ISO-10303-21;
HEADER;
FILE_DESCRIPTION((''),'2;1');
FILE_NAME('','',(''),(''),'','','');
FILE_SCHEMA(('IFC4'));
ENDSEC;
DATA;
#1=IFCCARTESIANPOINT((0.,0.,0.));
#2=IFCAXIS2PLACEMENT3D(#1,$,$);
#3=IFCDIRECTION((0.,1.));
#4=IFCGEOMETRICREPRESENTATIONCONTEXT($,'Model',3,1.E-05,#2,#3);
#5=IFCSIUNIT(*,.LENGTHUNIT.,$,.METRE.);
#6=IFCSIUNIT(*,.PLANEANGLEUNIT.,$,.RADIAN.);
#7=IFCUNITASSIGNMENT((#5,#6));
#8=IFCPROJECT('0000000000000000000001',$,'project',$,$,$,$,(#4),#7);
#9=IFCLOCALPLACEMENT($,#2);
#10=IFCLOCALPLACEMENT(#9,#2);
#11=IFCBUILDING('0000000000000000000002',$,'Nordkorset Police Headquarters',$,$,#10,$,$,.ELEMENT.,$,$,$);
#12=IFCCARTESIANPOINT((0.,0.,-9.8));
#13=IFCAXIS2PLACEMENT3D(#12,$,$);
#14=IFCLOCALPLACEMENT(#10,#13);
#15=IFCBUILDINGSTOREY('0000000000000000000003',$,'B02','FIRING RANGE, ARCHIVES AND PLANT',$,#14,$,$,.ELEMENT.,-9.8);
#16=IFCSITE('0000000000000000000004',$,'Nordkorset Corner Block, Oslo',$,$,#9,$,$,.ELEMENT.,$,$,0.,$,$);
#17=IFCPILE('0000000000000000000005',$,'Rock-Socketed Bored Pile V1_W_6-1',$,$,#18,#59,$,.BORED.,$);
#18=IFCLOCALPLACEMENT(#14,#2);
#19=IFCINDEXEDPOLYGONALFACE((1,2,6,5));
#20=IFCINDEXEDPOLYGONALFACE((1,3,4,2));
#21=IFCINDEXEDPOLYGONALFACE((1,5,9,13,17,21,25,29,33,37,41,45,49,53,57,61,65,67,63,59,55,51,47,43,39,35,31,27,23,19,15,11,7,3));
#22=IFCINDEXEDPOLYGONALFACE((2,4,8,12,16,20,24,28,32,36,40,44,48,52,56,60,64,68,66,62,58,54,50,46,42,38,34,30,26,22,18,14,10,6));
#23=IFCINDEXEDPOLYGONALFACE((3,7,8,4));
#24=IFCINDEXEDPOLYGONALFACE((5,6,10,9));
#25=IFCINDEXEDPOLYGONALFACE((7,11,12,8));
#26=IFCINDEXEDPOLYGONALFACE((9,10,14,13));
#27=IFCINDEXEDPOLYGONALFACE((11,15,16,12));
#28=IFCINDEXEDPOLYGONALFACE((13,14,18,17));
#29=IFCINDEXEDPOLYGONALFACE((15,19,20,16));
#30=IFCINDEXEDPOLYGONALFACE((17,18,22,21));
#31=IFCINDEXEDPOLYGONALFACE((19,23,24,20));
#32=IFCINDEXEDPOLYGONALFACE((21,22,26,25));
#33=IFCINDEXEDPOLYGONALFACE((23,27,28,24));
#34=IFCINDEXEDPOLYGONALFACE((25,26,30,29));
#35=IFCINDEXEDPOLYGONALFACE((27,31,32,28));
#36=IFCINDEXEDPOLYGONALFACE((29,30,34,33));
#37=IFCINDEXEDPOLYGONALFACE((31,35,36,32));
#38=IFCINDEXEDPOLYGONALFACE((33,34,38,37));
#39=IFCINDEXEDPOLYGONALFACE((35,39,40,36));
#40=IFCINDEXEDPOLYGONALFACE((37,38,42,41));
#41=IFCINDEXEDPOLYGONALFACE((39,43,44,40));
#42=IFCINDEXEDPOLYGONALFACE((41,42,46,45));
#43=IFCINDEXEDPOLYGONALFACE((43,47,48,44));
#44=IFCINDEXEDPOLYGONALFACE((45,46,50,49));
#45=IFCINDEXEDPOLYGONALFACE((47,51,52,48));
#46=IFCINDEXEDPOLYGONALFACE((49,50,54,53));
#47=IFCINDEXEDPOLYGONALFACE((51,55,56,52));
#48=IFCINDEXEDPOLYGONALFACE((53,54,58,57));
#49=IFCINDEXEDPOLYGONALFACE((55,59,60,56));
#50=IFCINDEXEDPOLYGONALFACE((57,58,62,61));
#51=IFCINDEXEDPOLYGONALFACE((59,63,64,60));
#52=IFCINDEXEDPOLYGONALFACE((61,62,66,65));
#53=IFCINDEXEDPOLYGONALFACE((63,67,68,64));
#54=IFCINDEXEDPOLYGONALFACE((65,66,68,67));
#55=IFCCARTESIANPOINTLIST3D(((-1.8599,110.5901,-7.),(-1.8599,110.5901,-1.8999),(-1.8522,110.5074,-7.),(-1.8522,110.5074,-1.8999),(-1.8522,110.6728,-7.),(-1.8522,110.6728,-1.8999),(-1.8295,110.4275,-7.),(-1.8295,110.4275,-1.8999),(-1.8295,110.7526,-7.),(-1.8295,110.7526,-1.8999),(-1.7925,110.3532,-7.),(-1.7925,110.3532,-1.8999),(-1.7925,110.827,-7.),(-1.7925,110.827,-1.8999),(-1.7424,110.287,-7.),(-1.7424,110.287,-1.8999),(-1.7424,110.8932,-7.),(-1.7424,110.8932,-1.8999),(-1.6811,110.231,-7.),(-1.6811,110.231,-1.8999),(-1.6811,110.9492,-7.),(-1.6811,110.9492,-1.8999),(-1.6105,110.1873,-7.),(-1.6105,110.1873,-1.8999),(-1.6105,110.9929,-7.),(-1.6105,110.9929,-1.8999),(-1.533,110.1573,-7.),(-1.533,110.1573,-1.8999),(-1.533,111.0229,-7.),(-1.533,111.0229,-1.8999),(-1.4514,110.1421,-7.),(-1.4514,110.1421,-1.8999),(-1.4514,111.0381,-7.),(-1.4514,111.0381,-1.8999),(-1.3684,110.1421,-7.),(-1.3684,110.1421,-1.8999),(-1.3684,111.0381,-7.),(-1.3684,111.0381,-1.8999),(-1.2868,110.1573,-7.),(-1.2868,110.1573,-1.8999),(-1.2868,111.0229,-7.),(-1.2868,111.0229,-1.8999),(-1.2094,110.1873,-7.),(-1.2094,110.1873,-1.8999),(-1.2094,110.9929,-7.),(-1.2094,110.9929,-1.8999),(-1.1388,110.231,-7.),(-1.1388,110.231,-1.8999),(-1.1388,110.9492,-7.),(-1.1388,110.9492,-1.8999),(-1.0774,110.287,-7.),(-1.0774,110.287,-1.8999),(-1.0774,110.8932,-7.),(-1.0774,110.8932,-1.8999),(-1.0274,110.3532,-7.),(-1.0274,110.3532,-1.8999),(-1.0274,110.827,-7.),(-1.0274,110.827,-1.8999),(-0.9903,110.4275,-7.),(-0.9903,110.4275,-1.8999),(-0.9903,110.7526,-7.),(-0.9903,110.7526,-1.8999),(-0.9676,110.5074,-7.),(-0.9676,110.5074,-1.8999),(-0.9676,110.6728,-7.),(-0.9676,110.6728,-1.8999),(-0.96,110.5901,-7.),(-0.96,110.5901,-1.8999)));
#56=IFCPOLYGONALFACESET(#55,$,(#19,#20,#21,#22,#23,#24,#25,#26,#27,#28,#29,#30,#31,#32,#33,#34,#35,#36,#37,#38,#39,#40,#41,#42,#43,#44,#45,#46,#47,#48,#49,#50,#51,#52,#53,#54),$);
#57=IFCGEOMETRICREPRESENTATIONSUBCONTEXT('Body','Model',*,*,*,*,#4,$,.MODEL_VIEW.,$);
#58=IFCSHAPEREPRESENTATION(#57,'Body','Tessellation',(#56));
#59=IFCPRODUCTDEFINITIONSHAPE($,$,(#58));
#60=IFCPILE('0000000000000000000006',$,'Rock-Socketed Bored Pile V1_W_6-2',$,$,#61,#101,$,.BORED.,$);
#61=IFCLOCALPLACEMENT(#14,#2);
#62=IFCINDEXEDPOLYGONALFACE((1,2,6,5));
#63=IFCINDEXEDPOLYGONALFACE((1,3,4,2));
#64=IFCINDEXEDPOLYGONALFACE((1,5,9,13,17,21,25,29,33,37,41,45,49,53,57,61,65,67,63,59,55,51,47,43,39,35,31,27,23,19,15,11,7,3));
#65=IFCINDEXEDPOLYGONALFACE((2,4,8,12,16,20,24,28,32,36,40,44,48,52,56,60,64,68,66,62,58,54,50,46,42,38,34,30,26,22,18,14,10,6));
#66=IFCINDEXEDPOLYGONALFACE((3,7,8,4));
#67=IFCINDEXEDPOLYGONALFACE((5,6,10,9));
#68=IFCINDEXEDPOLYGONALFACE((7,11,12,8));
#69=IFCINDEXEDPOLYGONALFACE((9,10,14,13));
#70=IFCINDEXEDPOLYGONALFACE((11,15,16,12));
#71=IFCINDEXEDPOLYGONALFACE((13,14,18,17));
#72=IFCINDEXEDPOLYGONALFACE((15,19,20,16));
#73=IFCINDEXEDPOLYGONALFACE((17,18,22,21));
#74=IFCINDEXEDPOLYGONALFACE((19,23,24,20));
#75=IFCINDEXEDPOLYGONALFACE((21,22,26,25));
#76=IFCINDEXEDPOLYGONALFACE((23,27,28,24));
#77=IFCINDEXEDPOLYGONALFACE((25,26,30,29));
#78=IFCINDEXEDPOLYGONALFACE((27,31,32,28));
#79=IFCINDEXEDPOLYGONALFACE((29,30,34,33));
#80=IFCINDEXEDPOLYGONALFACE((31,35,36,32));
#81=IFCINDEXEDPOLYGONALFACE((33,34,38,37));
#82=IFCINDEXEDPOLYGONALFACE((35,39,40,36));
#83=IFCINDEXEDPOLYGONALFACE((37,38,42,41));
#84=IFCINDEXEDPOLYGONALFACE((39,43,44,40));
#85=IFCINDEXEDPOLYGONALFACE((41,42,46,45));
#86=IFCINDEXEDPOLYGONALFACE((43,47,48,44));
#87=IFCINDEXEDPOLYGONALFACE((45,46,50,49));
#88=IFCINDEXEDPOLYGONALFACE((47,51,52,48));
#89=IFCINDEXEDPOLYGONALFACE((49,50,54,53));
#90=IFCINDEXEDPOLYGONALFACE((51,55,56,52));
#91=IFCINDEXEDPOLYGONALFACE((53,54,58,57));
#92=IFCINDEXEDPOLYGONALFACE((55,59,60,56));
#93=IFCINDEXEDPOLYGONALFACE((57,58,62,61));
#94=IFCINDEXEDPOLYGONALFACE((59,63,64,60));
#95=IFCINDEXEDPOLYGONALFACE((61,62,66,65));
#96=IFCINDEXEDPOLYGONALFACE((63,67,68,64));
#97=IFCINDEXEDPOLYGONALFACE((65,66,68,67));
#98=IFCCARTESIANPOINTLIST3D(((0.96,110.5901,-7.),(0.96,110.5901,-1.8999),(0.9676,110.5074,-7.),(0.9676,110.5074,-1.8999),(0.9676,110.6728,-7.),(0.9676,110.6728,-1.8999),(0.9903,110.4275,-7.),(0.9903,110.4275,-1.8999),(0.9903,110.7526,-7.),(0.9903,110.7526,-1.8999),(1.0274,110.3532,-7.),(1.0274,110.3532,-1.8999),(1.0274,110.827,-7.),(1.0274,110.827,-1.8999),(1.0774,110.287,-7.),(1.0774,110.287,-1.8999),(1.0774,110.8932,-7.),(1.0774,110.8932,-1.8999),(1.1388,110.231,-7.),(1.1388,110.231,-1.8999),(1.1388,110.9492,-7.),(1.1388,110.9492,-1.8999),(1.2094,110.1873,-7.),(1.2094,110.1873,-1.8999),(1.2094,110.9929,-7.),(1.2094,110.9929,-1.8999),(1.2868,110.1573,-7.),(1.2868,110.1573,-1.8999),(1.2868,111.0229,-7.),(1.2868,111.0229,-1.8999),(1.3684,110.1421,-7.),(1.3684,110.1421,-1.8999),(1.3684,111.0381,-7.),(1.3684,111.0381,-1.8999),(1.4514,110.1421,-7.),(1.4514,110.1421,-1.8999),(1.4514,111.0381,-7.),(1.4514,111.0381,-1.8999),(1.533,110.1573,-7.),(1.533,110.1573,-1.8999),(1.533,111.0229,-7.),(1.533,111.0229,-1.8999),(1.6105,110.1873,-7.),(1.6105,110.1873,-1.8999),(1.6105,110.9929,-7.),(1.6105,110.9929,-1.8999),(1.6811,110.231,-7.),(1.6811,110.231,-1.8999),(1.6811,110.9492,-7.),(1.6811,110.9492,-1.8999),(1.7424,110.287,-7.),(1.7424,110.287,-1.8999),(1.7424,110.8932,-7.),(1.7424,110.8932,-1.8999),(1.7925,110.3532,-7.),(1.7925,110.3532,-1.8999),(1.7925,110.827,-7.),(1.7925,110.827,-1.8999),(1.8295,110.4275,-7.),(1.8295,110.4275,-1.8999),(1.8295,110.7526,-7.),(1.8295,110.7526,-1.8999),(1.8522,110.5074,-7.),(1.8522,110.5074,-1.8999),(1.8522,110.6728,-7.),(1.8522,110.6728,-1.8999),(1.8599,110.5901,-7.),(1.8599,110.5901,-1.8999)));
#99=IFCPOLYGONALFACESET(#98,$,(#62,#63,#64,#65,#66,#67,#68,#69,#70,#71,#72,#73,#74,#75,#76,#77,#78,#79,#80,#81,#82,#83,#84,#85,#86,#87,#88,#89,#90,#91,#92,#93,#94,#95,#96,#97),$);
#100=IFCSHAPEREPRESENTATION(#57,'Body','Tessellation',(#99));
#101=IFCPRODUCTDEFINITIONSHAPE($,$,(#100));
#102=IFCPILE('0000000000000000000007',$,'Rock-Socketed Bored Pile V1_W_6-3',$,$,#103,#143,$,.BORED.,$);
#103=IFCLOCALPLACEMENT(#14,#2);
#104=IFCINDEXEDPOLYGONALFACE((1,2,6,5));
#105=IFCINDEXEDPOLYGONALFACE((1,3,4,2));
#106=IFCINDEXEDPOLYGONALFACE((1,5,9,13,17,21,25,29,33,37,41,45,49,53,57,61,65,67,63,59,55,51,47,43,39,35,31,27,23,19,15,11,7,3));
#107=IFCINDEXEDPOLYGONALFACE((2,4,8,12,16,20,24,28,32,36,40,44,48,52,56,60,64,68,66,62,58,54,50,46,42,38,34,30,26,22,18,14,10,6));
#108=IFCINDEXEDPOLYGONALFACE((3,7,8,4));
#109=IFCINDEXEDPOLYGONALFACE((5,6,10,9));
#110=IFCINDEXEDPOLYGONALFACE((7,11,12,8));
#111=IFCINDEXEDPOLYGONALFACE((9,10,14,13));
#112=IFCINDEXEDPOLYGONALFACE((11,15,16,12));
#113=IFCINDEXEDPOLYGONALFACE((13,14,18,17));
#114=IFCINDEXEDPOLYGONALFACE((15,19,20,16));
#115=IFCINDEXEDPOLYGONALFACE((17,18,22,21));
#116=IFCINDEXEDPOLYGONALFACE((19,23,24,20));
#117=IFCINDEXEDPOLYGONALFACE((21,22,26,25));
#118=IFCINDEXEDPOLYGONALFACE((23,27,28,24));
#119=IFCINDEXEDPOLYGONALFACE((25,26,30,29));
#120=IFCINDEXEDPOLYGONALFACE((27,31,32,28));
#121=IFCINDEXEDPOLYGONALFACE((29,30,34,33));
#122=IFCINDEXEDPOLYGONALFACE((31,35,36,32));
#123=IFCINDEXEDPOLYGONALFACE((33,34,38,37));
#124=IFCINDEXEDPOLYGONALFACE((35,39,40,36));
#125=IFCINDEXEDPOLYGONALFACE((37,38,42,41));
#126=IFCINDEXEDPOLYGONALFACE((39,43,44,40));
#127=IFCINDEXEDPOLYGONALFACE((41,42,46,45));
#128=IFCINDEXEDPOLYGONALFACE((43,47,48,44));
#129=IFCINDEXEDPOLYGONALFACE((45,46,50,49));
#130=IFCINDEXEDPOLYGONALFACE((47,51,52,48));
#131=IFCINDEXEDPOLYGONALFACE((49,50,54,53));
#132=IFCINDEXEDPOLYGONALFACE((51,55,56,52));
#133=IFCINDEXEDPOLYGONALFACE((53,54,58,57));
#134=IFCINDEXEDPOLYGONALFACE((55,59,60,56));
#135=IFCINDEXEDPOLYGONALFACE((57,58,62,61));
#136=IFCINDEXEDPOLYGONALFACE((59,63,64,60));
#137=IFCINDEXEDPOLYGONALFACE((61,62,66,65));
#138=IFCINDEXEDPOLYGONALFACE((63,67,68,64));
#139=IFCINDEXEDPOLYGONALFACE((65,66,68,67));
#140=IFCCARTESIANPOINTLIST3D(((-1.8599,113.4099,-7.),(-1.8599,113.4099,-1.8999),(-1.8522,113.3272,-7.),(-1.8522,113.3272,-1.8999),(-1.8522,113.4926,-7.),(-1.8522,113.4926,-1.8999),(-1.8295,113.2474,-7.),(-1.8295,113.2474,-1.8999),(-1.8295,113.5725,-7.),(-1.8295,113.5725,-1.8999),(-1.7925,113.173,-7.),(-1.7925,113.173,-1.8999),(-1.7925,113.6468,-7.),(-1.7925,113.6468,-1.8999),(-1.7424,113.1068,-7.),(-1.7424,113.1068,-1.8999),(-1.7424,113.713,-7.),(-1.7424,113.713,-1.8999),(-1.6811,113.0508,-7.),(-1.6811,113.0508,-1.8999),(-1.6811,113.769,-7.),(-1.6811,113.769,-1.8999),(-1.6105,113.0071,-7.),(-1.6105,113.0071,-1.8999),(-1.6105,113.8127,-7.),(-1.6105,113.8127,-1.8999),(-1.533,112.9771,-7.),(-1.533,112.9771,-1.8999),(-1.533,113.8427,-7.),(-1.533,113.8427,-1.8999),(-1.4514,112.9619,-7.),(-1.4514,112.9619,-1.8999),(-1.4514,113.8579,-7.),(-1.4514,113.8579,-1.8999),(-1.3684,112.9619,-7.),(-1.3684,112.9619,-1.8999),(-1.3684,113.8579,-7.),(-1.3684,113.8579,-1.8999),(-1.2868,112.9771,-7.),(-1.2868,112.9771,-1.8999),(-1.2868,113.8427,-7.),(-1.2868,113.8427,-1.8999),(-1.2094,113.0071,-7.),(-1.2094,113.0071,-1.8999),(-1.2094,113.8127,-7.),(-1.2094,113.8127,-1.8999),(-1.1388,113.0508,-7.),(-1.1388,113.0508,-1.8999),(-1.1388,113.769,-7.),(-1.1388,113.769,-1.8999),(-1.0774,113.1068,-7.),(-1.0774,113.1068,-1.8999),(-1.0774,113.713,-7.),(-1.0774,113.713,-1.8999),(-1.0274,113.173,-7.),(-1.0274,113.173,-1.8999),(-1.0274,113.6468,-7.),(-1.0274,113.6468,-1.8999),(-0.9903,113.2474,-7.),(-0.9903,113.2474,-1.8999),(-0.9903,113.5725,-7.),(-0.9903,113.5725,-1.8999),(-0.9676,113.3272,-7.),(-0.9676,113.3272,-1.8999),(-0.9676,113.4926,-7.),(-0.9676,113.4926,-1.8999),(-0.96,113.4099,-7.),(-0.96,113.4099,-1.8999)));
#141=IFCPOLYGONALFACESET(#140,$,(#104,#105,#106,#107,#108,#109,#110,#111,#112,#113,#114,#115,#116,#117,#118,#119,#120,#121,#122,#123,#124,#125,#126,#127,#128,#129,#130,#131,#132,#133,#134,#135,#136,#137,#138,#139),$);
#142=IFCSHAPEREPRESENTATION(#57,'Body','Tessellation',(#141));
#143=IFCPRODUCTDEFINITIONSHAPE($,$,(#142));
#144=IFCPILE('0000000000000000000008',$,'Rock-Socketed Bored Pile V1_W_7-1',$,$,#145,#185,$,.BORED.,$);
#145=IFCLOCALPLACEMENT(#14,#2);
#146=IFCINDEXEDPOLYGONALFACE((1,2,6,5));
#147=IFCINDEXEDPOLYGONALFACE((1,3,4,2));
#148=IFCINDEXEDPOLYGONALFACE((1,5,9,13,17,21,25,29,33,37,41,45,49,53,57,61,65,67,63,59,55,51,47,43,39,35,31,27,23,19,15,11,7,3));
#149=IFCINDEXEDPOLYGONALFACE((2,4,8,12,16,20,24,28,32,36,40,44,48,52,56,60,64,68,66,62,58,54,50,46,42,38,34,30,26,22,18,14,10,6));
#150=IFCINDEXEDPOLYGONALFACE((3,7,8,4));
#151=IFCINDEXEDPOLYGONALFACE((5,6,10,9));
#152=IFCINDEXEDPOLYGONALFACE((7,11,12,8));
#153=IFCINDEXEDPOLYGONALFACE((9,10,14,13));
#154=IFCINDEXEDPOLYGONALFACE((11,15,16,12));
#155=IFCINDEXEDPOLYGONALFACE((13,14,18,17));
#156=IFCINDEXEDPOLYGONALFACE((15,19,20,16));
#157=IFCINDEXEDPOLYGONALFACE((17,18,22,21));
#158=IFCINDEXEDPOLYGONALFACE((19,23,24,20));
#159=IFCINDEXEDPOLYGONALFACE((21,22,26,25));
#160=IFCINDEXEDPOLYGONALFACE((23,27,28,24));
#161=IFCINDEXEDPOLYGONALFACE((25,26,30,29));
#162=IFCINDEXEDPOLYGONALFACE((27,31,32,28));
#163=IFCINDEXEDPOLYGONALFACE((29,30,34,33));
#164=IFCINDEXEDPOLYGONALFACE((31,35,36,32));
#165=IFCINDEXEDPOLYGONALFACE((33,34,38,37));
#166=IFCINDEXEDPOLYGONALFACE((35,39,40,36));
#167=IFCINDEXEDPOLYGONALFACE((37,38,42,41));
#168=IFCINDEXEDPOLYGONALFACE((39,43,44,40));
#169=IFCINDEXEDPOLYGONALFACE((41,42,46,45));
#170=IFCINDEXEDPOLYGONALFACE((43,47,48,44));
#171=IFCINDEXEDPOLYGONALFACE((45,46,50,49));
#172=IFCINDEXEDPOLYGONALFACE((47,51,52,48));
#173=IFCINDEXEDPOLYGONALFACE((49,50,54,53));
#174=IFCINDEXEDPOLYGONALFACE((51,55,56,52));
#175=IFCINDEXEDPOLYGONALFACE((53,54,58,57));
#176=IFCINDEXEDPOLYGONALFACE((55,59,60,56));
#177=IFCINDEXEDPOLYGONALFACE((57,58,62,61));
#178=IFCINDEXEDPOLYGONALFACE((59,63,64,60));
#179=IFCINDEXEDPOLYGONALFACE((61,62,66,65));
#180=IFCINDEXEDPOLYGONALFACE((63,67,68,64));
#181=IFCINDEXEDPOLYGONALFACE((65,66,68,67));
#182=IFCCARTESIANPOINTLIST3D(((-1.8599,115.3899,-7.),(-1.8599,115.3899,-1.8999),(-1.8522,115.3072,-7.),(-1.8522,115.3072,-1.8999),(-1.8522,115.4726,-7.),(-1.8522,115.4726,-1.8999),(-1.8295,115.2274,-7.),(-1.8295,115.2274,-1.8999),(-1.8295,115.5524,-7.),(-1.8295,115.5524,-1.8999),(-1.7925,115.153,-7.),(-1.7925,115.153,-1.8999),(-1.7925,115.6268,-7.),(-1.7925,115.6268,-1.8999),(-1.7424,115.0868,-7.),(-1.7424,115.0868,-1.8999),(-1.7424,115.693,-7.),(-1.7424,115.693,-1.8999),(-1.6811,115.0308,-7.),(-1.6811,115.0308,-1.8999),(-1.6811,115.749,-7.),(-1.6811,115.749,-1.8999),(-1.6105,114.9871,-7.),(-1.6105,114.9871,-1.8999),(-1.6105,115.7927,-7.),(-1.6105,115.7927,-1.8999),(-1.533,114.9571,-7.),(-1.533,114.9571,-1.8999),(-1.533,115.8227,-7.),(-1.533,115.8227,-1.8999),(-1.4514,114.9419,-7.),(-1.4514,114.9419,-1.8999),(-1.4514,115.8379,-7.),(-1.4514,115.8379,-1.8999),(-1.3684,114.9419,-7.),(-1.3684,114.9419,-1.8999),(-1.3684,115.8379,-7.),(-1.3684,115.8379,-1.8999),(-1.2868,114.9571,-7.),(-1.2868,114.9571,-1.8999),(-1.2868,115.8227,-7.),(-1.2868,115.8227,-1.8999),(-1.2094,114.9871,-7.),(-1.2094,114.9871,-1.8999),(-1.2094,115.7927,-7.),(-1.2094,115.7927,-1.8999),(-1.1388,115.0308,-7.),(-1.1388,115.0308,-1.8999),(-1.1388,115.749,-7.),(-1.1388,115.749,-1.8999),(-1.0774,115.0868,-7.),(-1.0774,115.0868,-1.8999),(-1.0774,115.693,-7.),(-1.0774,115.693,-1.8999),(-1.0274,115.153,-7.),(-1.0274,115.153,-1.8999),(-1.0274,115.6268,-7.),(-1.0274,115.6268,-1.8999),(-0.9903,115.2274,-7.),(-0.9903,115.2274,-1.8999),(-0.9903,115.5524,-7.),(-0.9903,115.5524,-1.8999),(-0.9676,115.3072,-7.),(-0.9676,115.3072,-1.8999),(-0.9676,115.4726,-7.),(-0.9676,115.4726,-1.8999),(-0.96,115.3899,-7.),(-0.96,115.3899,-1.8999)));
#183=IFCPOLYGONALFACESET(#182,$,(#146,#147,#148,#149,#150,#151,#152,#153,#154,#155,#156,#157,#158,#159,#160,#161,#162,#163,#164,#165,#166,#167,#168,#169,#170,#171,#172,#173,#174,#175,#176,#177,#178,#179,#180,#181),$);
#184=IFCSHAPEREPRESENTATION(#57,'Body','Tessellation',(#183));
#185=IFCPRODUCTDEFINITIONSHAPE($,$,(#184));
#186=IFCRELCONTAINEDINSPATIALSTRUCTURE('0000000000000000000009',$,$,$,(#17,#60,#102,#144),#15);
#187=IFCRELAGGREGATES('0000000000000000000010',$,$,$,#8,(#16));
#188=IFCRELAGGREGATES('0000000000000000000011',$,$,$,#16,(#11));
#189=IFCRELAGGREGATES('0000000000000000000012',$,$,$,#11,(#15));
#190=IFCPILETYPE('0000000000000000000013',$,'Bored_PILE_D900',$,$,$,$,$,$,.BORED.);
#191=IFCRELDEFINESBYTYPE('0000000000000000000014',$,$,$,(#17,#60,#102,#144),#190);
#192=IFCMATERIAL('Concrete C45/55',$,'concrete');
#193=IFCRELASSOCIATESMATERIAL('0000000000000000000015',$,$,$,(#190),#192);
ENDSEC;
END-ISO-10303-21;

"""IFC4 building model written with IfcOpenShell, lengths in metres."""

from ifc_helpers import new_model, si_unit, direction, frame, origin, origin_2d, place, context, subcontext, project, spatial, circle, extrude, material, material_profile, profile_set, type_object, element, save


model = new_model("IFC4")

# Units and contexts
model_context = context("Model", 3, precision=1e-05, world=origin(), true_north=direction((0.0, 1.0)))
body_context = subcontext(model_context, "Body", "Model", "MODEL_VIEW")
ifc_project = project(units=[si_unit("LENGTHUNIT", "METRE"), si_unit("PLANEANGLEUNIT", "RADIAN")], contexts=[model_context])

# Site, building, storey
site_placement = place(None, origin())
site = spatial("IfcSite", under=ifc_project, at=site_placement, Name="Nordkorset Corner Block, Oslo", CompositionType="ELEMENT", RefElevation=0.0)
building_placement = place(site_placement, origin())
building = spatial("IfcBuilding", under=site, at=building_placement, Name="Nordkorset Police Headquarters", CompositionType="ELEMENT")
storey_placement = place(building_placement, frame((0.0, 0.0, -9.8)))
storey = spatial("IfcBuildingStorey", under=building, at=storey_placement, Name="B02", Description="FIRING RANGE, ARCHIVES AND PLANT", CompositionType="ELEMENT", Elevation=-9.8)

# Piles
ifc_material_1 = material(Name="Concrete C45/55", Category="concrete")
ifc_material_profile_1 = material_profile(ifc_material_1, circle(Radius=0.45, at=origin_2d()), Name="PILE D900")
ifc_profile_set_1 = profile_set([ifc_material_profile_1], Name="Concrete C45/55")
pile_type = type_object("IfcPileType", Name="Bored_PILE_D900", PredefinedType="BORED", material=ifc_profile_set_1)
for number, where, z_axis, x_axis, name in (
    (1, (-1.4099, 110.5901, -1.8999), (0.0, 0.0, -1.0), (1.0, 0.0, 0.0), "Rock-Socketed Bored Pile V1_W_6-1"),
    (2, (1.4099, 110.5901, -1.8999), (0.0, 0.0, -1.0), (1.0, 0.0, 0.0), "Rock-Socketed Bored Pile V1_W_6-2"),
    (3, (-1.4099, 113.4099, -1.8999), (0.0, 0.0, -1.0), (1.0, 0.0, 0.0), "Rock-Socketed Bored Pile V1_W_6-3"),
    (4, (-1.4099, 115.3899, -1.8999), (0.0, 0.0, -1.0), (1.0, 0.0, 0.0), "Rock-Socketed Bored Pile V1_W_7-1"),
):
    element("IfcPile", number, at=place(storey_placement, frame(where, z_axis=z_axis, x_axis=x_axis)), inside=storey, type_object=pile_type, Name=name, PredefinedType="BORED", context=body_context, shape_type="SweptSolid", body=[
        extrude(circle(Radius=0.45, at=origin_2d()), origin(), (0.0, 0.0, 1.0), 5.1001),
    ])

save(model, "model.ifc")
